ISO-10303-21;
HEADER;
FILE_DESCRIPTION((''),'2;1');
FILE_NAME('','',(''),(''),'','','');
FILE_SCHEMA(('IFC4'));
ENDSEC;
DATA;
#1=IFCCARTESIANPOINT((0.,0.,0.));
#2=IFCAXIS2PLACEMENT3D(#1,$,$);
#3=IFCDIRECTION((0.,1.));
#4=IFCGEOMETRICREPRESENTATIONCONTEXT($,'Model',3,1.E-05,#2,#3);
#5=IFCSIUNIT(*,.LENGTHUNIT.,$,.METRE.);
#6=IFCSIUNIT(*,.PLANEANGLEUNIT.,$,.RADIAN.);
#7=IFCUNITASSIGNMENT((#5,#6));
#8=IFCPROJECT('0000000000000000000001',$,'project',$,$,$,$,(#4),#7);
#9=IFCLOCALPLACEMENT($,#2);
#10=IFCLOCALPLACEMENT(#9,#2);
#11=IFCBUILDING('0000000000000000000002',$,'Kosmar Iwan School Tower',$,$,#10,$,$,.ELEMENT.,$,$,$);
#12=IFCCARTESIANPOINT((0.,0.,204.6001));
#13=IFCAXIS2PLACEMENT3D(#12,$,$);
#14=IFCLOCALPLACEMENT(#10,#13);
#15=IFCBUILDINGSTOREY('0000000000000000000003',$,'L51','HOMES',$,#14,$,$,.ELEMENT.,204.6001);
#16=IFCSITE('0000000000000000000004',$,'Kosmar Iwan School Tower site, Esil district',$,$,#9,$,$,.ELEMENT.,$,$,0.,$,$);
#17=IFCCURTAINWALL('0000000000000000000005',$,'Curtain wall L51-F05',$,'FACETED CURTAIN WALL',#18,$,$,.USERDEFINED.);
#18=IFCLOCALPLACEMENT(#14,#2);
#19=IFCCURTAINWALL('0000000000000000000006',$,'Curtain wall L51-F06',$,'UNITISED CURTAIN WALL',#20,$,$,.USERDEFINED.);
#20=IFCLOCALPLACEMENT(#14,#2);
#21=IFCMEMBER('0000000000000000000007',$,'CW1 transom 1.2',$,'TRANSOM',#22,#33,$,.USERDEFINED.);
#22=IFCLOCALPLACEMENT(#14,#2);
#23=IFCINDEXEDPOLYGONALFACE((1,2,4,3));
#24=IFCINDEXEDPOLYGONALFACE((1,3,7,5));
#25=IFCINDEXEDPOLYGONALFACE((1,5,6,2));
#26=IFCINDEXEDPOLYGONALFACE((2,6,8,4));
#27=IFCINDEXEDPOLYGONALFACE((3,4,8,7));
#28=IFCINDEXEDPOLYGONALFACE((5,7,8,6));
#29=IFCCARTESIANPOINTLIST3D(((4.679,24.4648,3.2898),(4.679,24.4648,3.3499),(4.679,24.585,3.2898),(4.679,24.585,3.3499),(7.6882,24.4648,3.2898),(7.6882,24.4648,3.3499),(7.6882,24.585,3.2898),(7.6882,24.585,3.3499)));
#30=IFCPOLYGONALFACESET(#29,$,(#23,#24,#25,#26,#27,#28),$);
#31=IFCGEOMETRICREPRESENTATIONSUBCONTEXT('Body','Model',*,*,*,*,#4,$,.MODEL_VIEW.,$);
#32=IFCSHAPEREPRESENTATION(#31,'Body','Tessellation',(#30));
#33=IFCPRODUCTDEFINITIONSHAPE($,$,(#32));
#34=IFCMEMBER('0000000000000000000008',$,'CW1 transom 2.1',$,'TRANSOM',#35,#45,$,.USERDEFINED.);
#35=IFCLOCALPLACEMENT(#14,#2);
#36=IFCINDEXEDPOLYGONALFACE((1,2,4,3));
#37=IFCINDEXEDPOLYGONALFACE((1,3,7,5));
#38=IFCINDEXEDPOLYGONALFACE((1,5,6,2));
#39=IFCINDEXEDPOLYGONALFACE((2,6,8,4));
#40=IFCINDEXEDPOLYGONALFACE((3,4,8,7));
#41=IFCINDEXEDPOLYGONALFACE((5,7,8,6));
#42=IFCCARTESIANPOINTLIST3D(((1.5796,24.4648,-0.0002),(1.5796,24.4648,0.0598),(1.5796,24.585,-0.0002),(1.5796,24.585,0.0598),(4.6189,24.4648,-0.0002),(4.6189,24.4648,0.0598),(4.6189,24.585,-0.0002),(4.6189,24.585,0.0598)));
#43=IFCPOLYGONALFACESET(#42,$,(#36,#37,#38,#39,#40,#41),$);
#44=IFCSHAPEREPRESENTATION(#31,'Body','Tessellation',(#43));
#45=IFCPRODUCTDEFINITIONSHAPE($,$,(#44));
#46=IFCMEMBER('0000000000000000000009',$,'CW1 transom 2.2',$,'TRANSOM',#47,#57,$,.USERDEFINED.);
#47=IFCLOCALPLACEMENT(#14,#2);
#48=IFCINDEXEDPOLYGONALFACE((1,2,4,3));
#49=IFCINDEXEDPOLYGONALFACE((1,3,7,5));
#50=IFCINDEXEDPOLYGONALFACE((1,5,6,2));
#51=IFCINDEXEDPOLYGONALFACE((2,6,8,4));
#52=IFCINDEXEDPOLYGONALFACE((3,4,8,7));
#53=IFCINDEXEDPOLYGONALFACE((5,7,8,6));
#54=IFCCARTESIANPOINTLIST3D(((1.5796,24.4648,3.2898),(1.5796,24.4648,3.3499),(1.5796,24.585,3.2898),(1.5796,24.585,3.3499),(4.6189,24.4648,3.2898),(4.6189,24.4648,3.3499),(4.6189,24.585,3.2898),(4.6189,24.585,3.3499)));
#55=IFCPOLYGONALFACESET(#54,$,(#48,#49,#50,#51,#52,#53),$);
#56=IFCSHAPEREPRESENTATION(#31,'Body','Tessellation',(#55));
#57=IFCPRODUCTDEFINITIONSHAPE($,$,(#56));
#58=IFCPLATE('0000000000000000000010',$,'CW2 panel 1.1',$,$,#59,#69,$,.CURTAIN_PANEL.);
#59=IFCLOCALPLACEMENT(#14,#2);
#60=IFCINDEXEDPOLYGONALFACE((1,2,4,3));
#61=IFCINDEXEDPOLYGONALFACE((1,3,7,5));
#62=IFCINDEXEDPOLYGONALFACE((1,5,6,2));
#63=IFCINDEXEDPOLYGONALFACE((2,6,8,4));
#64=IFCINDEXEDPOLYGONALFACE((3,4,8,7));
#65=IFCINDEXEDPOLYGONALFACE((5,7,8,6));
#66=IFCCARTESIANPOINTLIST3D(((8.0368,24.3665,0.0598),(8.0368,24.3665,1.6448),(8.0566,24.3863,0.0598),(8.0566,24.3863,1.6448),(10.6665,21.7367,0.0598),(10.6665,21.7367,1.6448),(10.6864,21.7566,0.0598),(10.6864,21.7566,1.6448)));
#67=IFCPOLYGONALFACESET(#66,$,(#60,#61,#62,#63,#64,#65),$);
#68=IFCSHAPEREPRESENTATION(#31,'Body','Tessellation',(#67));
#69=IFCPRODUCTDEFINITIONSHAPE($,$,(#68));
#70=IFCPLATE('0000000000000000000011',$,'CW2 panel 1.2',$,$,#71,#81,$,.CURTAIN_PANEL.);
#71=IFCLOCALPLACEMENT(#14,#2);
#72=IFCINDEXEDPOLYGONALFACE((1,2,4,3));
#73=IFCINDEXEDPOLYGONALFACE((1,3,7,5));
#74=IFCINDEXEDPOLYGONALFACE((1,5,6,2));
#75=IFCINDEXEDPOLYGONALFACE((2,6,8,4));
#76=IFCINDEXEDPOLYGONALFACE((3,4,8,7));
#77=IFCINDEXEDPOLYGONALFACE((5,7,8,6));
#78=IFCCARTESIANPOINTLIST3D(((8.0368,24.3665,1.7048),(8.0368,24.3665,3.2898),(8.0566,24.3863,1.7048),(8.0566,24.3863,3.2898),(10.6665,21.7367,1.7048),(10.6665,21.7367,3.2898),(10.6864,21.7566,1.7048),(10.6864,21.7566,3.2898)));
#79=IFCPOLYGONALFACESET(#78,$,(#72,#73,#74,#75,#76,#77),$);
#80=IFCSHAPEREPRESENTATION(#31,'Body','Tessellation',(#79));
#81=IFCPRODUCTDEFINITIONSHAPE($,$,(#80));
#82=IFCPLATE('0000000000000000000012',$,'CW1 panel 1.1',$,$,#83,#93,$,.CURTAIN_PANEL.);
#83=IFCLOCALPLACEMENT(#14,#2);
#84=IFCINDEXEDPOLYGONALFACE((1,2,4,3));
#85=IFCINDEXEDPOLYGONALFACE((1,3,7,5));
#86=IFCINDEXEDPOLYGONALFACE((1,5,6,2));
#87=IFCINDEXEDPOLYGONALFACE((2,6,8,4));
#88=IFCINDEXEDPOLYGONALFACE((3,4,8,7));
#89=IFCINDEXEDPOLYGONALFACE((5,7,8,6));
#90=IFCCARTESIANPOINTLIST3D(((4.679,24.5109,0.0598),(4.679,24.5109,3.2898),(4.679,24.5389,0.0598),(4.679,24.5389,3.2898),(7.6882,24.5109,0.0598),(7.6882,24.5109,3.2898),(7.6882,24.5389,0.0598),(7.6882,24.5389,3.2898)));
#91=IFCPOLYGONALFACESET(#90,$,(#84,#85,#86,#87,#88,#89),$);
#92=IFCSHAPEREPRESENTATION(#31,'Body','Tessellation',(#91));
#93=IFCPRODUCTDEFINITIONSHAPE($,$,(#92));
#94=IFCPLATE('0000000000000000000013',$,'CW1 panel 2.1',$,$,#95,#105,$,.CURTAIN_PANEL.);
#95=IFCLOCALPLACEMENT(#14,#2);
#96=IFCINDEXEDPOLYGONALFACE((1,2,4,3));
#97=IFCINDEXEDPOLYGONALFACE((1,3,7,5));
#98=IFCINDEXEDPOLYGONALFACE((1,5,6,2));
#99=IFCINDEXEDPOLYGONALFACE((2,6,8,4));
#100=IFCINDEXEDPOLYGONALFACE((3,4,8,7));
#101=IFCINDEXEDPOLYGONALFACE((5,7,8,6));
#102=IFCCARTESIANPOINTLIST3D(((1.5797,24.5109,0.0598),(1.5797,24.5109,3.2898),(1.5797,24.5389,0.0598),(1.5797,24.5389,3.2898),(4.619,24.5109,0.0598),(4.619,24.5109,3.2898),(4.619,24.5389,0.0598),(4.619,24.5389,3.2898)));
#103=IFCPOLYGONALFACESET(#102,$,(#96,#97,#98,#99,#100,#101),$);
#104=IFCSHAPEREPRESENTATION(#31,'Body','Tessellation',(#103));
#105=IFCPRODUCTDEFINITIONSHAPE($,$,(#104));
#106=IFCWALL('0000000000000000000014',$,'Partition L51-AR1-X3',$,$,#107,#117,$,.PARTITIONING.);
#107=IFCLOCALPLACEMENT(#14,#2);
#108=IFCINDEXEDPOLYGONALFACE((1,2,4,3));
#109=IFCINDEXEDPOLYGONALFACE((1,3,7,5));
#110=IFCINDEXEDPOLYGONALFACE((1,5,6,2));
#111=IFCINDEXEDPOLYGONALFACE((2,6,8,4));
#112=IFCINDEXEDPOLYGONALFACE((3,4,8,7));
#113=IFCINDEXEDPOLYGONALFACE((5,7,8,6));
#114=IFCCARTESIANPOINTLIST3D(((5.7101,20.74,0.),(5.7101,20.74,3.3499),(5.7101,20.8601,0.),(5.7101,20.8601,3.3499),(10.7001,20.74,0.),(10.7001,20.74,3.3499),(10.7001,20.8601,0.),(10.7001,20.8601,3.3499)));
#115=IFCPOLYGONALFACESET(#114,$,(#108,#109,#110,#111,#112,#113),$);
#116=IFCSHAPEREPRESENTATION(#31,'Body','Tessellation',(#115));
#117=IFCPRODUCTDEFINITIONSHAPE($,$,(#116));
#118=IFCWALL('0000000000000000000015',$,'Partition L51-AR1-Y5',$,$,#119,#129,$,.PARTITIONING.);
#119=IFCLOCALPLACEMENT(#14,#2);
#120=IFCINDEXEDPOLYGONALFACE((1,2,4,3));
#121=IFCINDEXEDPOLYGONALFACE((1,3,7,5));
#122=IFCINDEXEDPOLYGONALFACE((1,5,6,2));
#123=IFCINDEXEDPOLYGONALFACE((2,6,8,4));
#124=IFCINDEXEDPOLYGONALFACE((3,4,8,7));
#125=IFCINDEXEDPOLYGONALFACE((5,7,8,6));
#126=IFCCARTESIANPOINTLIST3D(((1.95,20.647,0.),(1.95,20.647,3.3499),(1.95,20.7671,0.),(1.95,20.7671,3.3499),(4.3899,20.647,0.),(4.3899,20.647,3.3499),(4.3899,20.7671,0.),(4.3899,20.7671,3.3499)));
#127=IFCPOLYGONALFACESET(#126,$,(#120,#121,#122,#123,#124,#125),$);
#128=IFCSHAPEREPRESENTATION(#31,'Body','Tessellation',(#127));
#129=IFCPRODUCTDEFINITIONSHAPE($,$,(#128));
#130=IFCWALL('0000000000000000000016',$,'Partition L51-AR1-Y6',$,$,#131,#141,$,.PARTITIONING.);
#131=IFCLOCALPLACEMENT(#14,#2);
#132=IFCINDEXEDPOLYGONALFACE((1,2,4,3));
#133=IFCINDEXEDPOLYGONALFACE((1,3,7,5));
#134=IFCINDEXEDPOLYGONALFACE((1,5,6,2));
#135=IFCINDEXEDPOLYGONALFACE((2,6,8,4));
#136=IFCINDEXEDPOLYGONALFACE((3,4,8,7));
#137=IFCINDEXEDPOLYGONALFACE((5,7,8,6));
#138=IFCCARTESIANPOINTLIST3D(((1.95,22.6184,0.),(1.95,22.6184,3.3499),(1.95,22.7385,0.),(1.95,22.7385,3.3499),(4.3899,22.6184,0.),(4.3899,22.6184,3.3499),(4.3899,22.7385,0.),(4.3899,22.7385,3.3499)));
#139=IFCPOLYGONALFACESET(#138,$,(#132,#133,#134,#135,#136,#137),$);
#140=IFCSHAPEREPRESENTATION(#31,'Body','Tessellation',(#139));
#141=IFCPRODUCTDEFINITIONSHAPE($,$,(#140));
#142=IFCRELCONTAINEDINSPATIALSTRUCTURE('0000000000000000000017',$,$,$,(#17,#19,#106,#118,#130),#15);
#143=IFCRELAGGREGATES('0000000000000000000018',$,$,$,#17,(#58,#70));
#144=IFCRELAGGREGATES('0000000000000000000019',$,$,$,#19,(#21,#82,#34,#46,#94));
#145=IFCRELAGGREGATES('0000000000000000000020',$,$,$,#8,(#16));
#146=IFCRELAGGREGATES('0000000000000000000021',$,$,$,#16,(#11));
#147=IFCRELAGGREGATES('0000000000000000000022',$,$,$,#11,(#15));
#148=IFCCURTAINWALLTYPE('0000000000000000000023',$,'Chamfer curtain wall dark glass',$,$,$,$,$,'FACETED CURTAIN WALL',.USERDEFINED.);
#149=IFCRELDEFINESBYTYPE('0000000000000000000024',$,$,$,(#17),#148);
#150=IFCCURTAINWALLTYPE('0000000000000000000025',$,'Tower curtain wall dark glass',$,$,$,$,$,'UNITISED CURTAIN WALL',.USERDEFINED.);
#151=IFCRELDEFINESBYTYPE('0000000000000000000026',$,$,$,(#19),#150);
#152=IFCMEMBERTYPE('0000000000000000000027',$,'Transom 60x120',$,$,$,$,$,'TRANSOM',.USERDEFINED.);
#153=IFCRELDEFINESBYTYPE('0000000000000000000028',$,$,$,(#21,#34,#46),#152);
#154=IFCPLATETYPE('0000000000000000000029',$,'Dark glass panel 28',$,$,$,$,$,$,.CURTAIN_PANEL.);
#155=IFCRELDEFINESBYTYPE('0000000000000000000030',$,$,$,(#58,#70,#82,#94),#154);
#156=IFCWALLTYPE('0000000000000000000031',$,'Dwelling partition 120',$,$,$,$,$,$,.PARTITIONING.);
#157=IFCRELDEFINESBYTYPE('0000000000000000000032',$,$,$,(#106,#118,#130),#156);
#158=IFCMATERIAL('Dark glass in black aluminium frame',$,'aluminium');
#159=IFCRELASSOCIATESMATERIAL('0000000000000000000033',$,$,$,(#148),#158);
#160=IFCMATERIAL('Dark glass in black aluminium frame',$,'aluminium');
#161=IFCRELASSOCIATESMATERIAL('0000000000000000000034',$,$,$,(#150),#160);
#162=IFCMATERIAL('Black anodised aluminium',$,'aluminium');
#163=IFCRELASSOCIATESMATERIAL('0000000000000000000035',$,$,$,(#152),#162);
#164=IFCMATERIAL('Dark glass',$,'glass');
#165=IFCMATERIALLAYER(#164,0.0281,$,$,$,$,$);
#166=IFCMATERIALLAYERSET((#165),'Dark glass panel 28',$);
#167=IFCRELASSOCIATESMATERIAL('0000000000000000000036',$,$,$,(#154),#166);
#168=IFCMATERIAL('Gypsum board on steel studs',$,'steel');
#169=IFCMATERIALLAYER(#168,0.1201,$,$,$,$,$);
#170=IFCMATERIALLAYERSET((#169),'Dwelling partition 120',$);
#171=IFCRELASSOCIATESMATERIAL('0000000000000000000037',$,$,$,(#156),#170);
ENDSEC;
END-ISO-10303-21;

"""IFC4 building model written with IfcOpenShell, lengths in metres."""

from ifc_helpers import new_model, si_unit, direction, frame, frame_2d, origin, origin_2d, place, context, subcontext, project, spatial, rectangle, extrude, material, layer, layer_set, material_profile, profile_set, type_object, element, aggregate, save


model = new_model("IFC4")

# Units and contexts
model_context = context("Model", 3, precision=1e-05, world=origin(), true_north=direction((0.0, 1.0)))
body_context = subcontext(model_context, "Body", "Model", "MODEL_VIEW")
ifc_project = project(units=[si_unit("LENGTHUNIT", "METRE"), si_unit("PLANEANGLEUNIT", "RADIAN")], contexts=[model_context])

# Site, building, storey
site_placement = place(None, origin())
site = spatial("IfcSite", under=ifc_project, at=site_placement, Name="Kosmar Iwan School Tower site, Esil district", CompositionType="ELEMENT", RefElevation=0.0)
building_placement = place(site_placement, origin())
building = spatial("IfcBuilding", under=site, at=building_placement, Name="Kosmar Iwan School Tower", CompositionType="ELEMENT")
storey_placement = place(building_placement, frame((0.0, 0.0, 204.6001)))
storey = spatial("IfcBuildingStorey", under=building, at=storey_placement, Name="L51", Description="HOMES", CompositionType="ELEMENT", Elevation=204.6001)

# Curtain walls
ifc_material_1 = material(Name="Dark glass in black aluminium frame", Category="aluminium")
curtain_wall_type_1 = type_object("IfcCurtainWallType", Name="Chamfer curtain wall dark glass", ElementType="FACETED CURTAIN WALL", PredefinedType="USERDEFINED", material=ifc_material_1)
curtain_wall_1_placement = place(storey_placement, origin())
curtain_wall_1 = element("IfcCurtainWall", 1, at=curtain_wall_1_placement, inside=storey, type_object=curtain_wall_type_1, Name="Curtain wall L51-F05", ObjectType="FACETED CURTAIN WALL", PredefinedType="USERDEFINED")
ifc_material_2 = material(Name="Dark glass in black aluminium frame", Category="aluminium")
curtain_wall_type_2 = type_object("IfcCurtainWallType", Name="Tower curtain wall dark glass", ElementType="UNITISED CURTAIN WALL", PredefinedType="USERDEFINED", material=ifc_material_2)
curtain_wall_2_placement = place(storey_placement, origin())
curtain_wall_2 = element("IfcCurtainWall", 2, at=curtain_wall_2_placement, inside=storey, type_object=curtain_wall_type_2, Name="Curtain wall L51-F06", ObjectType="UNITISED CURTAIN WALL", PredefinedType="USERDEFINED")

# Members
ifc_material_3 = material(Name="Black anodised aluminium", Category="aluminium")
ifc_material_profile_1 = material_profile(ifc_material_3, rectangle(XDim=0.1201, YDim=0.0601, at=origin_2d()), Name="TRANSOM 60x120")
ifc_profile_set_1 = profile_set([ifc_material_profile_1], Name="Black anodised aluminium")
member_type_1 = type_object("IfcMemberType", Name="Transom 60x120", ElementType="TRANSOM", PredefinedType="USERDEFINED", material=ifc_profile_set_1)
member_1_placement = place(storey_placement, frame((7.6882, 24.5249, 3.3198), z_axis=(-1.0, 0.0, 0.0), x_axis=(0.0, -1.0, 0.0)))
member_1 = element("IfcMember", 3, at=member_1_placement, type_object=member_type_1, Name="CW1 transom 1.2", ObjectType="TRANSOM", PredefinedType="USERDEFINED", context=body_context, shape_type="SweptSolid", body=[
    extrude(rectangle(XDim=0.1201, YDim=0.0601, at=origin_2d()), origin(), (0.0, 0.0, 1.0), 3.0093),
])
member_2_placement = place(storey_placement, frame((4.6189, 24.5249, 0.0298), z_axis=(-1.0, 0.0, 0.0), x_axis=(0.0, -1.0, 0.0)))
member_2 = element("IfcMember", 4, at=member_2_placement, type_object=member_type_1, Name="CW1 transom 2.1", ObjectType="TRANSOM", PredefinedType="USERDEFINED", context=body_context, shape_type="SweptSolid", body=[
    extrude(rectangle(XDim=0.1201, YDim=0.0601, at=origin_2d()), origin(), (0.0, 0.0, 1.0), 3.0393),
])
member_3_placement = place(storey_placement, frame((4.6189, 24.5249, 3.3198), z_axis=(-1.0, 0.0, 0.0), x_axis=(0.0, -1.0, 0.0)))
member_3 = element("IfcMember", 5, at=member_3_placement, type_object=member_type_1, Name="CW1 transom 2.2", ObjectType="TRANSOM", PredefinedType="USERDEFINED", context=body_context, shape_type="SweptSolid", body=[
    extrude(rectangle(XDim=0.1201, YDim=0.0601, at=origin_2d()), origin(), (0.0, 0.0, 1.0), 3.0393),
])

# Plates
ifc_material_4 = material(Name="Dark glass", Category="glass")
ifc_layer_1 = layer(ifc_material_4, 0.0281)
ifc_layer_set_1 = layer_set([ifc_layer_1], Name="Dark glass panel 28")
plate_type = type_object("IfcPlateType", Name="Dark glass panel 28", PredefinedType="CURTAIN_PANEL", material=ifc_layer_set_1)
plate_1_placement = place(storey_placement, frame((9.3616, 23.0615, 0.0598), z_axis=(0.0, 0.0, 1.0), x_axis=(-0.707107, 0.707107, 0.0)))
plate_1 = element("IfcPlate", 6, at=plate_1_placement, type_object=plate_type, Name="CW2 panel 1.1", PredefinedType="CURTAIN_PANEL", context=body_context, shape_type="SweptSolid", body=[
    extrude(rectangle(XDim=3.719, YDim=0.0281, at=origin_2d()), origin(), (0.0, 0.0, 1.0), 1.585),
])
plate_2_placement = place(storey_placement, frame((9.3616, 23.0615, 1.7048), z_axis=(0.0, 0.0, 1.0), x_axis=(-0.707107, 0.707107, 0.0)))
plate_2 = element("IfcPlate", 7, at=plate_2_placement, type_object=plate_type, Name="CW2 panel 1.2", PredefinedType="CURTAIN_PANEL", context=body_context, shape_type="SweptSolid", body=[
    extrude(rectangle(XDim=3.719, YDim=0.0281, at=origin_2d()), origin(), (0.0, 0.0, 1.0), 1.585),
])
aggregate(curtain_wall_1, [plate_1, plate_2])
plate_3_placement = place(storey_placement, frame((6.1836, 24.5249, 0.0598), z_axis=(0.0, 0.0, 1.0), x_axis=(-1.0, 0.0, 0.0)))
plate_3 = element("IfcPlate", 8, at=plate_3_placement, type_object=plate_type, Name="CW1 panel 1.1", PredefinedType="CURTAIN_PANEL", context=body_context, shape_type="SweptSolid", body=[
    extrude(rectangle(XDim=3.0093, YDim=0.0281, at=origin_2d()), origin(), (0.0, 0.0, 1.0), 3.23),
])
plate_4_placement = place(storey_placement, frame((3.0994, 24.5249, 0.0598), z_axis=(0.0, 0.0, 1.0), x_axis=(-1.0, 0.0, 0.0)))
plate_4 = element("IfcPlate", 9, at=plate_4_placement, type_object=plate_type, Name="CW1 panel 2.1", PredefinedType="CURTAIN_PANEL", context=body_context, shape_type="SweptSolid", body=[
    extrude(rectangle(XDim=3.0393, YDim=0.0281, at=origin_2d()), origin(), (0.0, 0.0, 1.0), 3.23),
])
aggregate(curtain_wall_2, [member_1, plate_3, member_2, member_3, plate_4])

# Walls
ifc_material_5 = material(Name="Gypsum board on steel studs", Category="steel")
ifc_layer_2 = layer(ifc_material_5, 0.1201)
ifc_layer_set_2 = layer_set([ifc_layer_2], Name="Dwelling partition 120")
wall_type = type_object("IfcWallType", Name="Dwelling partition 120", PredefinedType="PARTITIONING", material=ifc_layer_set_2)
wall_placement = place(storey_placement, frame((5.71, 20.8, 0.0), z_axis=(0.0, 0.0, 1.0), x_axis=(1.0, 0.0, 0.0)))
element("IfcWall", 10, at=wall_placement, inside=storey, type_object=wall_type, Name="Partition L51-AR1-X3", PredefinedType="PARTITIONING", context=body_context, shape_type="SweptSolid", body=[
    extrude(rectangle(XDim=4.99, YDim=0.1201, at=frame_2d((2.4951, 0.0))), origin(), (0.0, 0.0, 1.0), 3.3499),
])
for number, where, z_axis, x_axis, name in (
    (11, (1.95, 20.707, 0.0), (0.0, 0.0, 1.0), (1.0, 0.0, 0.0), "Partition L51-AR1-Y5"),
    (12, (1.95, 22.6785, 0.0), (0.0, 0.0, 1.0), (1.0, 0.0, 0.0), "Partition L51-AR1-Y6"),
):
    element("IfcWall", number, at=place(storey_placement, frame(where, z_axis=z_axis, x_axis=x_axis)), inside=storey, type_object=wall_type, Name=name, PredefinedType="PARTITIONING", context=body_context, shape_type="SweptSolid", body=[
        extrude(rectangle(XDim=2.4399, YDim=0.1201, at=frame_2d((1.22, 0.0))), origin(), (0.0, 0.0, 1.0), 3.3499),
    ])

save(model, "model.ifc")
